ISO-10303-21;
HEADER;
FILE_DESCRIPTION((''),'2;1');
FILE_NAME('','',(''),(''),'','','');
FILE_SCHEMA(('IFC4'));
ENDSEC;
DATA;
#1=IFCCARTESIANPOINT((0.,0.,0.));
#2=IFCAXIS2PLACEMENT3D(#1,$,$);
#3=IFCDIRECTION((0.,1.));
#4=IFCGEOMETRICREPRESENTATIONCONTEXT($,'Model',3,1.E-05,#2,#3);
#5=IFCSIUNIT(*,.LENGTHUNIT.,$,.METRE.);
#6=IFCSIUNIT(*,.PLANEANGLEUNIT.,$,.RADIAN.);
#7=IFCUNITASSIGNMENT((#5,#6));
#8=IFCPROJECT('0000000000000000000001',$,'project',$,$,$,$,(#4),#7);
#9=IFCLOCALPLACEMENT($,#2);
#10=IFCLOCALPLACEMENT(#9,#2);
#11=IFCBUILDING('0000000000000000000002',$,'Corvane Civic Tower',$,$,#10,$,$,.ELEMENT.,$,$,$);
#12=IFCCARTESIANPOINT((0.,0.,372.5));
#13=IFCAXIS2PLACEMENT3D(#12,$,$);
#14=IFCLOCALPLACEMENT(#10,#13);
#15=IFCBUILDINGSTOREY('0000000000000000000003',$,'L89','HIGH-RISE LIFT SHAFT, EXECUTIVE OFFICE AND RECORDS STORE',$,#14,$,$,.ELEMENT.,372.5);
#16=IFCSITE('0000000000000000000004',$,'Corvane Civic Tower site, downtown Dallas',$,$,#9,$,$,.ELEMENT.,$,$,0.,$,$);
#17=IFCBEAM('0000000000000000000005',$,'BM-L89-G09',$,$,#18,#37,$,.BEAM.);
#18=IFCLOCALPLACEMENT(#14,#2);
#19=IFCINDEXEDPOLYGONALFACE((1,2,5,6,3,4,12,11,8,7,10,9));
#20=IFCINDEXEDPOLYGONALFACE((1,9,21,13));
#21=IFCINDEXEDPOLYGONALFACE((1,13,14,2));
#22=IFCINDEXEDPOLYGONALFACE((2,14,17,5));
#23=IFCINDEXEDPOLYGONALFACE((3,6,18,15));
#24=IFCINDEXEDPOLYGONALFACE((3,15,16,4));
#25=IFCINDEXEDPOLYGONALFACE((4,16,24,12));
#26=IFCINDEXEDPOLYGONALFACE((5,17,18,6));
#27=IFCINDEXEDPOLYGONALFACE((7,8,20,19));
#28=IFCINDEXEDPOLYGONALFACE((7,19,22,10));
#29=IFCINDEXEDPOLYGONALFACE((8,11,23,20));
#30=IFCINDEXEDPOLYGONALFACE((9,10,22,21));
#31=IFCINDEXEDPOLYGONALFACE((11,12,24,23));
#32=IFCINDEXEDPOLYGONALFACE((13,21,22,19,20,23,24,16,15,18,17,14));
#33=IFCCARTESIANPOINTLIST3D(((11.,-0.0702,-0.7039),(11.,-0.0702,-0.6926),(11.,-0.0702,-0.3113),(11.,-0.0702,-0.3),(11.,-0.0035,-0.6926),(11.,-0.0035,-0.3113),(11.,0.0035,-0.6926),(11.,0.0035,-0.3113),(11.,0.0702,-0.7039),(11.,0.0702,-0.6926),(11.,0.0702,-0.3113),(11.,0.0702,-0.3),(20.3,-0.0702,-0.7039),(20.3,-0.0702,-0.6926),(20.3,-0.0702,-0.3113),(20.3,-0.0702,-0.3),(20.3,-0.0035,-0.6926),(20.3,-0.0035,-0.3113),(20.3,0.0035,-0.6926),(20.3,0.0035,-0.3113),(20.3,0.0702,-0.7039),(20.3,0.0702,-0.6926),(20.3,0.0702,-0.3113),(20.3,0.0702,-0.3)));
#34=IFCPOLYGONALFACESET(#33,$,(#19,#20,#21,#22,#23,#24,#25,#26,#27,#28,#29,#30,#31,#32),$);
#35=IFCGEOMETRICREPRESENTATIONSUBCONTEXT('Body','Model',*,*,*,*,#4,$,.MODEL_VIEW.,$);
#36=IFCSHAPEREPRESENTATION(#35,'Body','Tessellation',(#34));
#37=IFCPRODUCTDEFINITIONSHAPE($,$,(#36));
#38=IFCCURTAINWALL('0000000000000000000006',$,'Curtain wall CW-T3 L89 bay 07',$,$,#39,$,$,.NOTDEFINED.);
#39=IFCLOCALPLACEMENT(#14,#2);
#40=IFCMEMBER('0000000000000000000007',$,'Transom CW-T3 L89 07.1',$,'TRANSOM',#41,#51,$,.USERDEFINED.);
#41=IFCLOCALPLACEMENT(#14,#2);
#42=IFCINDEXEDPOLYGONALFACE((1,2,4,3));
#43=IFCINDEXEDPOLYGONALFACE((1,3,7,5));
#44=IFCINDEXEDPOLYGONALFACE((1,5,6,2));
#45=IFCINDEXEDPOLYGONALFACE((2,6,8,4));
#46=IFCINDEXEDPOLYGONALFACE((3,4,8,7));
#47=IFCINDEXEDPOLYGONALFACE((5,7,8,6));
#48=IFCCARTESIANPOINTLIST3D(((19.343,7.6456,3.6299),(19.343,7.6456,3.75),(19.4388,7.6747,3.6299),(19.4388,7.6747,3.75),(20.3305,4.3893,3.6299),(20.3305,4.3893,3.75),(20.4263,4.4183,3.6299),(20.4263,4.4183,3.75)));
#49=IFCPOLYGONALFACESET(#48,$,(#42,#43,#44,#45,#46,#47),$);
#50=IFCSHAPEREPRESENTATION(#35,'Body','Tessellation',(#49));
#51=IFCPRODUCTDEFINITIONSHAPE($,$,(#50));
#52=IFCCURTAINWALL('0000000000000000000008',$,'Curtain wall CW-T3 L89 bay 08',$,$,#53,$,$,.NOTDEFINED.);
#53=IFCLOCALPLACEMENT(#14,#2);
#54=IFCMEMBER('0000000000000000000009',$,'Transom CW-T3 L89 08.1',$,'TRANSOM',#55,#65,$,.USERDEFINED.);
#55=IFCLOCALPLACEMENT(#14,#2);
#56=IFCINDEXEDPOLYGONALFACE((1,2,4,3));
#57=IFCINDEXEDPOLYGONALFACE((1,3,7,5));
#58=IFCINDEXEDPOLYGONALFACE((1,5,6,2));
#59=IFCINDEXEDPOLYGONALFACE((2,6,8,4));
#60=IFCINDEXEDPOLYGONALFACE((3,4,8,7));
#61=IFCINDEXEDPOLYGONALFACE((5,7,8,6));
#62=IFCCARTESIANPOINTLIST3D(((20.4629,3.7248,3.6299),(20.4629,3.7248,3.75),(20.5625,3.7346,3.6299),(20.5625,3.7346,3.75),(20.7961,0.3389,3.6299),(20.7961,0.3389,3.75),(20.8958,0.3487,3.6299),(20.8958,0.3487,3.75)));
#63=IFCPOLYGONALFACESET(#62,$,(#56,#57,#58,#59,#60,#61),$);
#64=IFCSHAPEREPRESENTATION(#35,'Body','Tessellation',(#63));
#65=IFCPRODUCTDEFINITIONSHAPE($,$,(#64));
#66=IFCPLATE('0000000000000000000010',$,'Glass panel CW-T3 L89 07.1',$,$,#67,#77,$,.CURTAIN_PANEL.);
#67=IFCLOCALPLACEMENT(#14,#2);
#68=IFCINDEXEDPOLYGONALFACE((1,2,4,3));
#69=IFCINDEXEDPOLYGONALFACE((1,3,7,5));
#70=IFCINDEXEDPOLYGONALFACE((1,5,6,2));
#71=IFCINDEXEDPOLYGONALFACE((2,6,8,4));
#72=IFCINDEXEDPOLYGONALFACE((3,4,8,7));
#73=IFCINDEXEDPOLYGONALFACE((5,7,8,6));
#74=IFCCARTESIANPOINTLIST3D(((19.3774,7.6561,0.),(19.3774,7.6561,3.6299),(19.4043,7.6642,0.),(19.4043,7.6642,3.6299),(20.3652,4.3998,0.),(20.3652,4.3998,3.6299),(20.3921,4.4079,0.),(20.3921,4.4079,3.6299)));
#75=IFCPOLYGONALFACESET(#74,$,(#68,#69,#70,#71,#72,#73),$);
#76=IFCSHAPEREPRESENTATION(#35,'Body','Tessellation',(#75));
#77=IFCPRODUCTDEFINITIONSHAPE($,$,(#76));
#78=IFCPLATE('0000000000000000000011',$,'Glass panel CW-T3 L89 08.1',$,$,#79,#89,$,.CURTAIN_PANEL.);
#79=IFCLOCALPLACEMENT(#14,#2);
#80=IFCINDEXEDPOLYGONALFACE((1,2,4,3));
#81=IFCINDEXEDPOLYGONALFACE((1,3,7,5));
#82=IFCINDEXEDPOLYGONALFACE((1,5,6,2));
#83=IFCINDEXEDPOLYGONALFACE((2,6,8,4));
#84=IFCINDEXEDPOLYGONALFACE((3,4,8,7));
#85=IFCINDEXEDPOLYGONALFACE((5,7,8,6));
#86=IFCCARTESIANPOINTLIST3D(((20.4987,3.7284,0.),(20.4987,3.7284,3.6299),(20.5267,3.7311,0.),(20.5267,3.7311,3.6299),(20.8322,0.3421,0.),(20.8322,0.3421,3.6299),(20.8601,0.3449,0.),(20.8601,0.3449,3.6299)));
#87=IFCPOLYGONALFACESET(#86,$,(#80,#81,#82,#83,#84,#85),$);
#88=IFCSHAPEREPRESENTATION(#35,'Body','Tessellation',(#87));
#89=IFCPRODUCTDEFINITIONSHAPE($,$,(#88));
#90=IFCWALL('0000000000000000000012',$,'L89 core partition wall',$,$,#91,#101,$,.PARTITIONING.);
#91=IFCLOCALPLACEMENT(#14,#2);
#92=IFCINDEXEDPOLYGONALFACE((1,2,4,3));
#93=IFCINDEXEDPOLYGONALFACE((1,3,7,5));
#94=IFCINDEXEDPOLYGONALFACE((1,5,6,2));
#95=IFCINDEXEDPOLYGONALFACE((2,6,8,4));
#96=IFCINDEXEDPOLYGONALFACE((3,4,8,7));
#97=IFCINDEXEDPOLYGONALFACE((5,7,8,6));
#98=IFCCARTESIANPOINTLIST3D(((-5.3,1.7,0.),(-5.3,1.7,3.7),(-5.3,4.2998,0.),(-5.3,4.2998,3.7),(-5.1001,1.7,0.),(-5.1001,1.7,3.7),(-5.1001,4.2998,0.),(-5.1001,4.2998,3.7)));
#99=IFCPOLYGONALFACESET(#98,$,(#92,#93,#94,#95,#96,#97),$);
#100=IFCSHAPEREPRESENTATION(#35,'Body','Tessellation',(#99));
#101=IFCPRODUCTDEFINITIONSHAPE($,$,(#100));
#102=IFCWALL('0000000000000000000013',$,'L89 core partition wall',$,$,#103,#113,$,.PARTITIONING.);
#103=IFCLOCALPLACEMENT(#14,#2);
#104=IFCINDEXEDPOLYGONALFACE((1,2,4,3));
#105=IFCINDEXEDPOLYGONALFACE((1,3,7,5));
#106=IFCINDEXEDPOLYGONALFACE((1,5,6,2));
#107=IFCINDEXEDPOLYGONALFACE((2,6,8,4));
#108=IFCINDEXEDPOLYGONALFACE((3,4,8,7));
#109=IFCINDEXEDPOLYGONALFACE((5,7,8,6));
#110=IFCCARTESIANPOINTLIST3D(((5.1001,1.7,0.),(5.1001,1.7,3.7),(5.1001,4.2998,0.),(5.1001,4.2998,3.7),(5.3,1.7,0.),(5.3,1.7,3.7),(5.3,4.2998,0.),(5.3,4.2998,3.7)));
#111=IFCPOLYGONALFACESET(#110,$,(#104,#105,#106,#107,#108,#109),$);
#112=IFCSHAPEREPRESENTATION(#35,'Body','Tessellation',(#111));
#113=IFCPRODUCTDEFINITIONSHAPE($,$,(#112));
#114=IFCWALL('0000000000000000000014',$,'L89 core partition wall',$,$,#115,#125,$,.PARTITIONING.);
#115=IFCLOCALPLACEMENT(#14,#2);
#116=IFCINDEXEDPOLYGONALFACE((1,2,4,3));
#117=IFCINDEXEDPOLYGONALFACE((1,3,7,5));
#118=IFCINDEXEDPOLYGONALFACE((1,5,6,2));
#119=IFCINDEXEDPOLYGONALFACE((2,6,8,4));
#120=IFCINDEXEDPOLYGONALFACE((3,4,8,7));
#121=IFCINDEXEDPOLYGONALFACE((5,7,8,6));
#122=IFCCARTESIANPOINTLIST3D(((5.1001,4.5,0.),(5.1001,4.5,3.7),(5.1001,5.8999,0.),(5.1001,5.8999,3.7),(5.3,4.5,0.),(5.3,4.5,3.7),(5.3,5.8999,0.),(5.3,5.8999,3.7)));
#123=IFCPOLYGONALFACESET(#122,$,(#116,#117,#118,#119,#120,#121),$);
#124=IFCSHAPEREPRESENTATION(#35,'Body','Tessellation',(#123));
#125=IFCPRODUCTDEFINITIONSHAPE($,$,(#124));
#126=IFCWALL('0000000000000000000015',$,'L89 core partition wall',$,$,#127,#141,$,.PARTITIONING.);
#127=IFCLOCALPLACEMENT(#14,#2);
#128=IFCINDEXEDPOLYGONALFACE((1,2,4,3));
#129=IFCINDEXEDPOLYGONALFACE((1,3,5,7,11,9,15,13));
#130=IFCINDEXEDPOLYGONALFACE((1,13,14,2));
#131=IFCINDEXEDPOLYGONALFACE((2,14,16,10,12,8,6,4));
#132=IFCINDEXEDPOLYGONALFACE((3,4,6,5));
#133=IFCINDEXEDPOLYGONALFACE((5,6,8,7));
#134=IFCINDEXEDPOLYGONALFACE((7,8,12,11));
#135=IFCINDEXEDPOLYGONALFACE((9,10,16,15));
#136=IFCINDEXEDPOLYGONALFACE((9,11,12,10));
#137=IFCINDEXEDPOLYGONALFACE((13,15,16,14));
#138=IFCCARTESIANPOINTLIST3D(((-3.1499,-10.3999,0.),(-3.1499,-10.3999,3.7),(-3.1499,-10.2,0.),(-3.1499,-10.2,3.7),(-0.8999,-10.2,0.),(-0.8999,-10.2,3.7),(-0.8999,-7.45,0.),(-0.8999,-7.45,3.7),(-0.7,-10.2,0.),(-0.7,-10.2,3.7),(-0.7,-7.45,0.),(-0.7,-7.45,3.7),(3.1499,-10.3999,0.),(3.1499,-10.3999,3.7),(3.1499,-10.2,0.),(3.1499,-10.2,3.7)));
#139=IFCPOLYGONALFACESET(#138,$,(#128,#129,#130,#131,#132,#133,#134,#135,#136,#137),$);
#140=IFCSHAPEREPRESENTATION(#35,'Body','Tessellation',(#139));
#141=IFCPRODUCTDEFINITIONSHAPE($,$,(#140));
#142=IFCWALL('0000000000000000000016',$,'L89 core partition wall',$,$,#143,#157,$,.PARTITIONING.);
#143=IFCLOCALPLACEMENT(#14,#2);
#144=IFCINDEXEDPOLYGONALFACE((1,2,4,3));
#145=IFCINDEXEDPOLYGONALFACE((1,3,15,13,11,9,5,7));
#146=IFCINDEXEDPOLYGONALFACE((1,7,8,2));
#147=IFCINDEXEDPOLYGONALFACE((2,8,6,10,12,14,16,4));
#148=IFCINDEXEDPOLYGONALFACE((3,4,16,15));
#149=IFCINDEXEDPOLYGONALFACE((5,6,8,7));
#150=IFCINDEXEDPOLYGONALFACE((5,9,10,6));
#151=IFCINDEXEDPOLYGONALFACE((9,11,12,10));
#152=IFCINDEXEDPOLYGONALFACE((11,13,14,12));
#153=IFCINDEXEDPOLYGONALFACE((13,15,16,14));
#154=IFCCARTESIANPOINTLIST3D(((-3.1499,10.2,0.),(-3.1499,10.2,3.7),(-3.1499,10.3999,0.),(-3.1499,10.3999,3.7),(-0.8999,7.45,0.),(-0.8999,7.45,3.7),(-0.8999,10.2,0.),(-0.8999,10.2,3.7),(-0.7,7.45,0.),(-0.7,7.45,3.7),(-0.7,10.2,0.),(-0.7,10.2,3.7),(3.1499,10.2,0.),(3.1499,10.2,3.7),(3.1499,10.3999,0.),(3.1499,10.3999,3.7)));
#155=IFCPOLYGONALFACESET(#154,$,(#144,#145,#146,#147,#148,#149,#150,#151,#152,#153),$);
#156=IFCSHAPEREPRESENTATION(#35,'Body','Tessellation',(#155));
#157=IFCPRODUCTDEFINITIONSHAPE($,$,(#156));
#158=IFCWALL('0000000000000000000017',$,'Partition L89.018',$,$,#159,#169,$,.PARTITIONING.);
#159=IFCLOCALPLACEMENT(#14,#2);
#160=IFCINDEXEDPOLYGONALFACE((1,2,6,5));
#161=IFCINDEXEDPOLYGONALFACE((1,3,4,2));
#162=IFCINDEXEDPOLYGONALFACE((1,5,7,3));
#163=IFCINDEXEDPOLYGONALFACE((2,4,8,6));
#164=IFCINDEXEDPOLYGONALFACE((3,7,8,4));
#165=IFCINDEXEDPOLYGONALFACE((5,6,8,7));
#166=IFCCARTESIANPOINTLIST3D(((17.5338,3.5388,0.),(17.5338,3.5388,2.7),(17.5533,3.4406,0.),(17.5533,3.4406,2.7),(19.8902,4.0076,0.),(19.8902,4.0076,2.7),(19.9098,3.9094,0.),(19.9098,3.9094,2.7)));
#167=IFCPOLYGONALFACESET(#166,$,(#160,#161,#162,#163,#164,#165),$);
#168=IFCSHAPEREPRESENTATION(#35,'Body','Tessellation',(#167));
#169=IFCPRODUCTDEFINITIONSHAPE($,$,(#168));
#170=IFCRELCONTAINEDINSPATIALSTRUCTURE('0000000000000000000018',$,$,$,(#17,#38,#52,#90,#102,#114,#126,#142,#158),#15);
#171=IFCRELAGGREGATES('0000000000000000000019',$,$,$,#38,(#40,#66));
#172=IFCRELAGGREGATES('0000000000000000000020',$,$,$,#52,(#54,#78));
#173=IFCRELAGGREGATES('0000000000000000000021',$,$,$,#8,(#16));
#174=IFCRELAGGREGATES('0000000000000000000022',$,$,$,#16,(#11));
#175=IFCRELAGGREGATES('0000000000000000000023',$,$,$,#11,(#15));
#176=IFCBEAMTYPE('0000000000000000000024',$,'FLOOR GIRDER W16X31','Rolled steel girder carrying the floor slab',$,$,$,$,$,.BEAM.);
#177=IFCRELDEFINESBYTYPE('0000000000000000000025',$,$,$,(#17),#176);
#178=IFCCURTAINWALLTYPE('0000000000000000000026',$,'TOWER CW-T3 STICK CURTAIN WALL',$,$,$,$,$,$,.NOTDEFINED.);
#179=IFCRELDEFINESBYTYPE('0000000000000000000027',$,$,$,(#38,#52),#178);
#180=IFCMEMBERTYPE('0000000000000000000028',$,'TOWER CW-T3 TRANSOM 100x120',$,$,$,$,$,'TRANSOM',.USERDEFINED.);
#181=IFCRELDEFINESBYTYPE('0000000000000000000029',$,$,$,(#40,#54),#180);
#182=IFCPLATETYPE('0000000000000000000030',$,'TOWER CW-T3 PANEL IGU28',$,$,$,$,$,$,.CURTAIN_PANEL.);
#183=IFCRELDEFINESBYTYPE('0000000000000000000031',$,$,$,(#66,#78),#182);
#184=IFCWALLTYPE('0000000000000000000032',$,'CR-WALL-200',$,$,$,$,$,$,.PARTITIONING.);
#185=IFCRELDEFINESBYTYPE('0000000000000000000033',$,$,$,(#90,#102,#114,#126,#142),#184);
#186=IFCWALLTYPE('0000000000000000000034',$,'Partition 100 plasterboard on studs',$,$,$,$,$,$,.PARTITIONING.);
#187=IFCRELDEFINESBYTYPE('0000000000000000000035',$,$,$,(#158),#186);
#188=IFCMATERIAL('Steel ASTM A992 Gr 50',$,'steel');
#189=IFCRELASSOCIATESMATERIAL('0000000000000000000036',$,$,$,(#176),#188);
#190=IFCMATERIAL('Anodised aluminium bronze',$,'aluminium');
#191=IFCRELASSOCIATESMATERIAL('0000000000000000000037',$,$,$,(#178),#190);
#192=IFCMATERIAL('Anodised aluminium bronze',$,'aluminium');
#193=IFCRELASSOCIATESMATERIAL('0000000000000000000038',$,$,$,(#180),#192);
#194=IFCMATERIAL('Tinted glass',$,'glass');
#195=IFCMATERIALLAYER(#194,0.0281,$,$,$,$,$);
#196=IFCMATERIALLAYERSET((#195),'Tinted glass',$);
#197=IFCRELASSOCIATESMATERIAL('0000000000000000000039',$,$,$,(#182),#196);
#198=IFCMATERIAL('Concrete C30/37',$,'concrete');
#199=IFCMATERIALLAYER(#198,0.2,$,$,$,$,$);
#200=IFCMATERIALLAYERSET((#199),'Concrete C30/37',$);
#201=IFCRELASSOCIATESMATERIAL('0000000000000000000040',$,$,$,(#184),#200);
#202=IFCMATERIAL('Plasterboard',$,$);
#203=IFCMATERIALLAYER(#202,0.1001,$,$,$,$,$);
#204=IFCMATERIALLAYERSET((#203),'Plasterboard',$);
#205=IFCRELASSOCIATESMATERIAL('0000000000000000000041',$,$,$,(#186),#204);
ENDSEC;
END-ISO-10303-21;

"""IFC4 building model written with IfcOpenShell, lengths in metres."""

from ifc_helpers import new_model, si_unit, direction, frame, frame_2d, origin, origin_2d, place, context, subcontext, project, spatial, polyline, rectangle, i_section, outline, extrude, material, layer, layer_set, material_profile, profile_set, type_object, element, aggregate, save


model = new_model("IFC4")

# Units and contexts
model_context = context("Model", 3, precision=1e-05, world=origin(), true_north=direction((0.0, 1.0)))
body_context = subcontext(model_context, "Body", "Model", "MODEL_VIEW")
ifc_project = project(units=[si_unit("LENGTHUNIT", "METRE"), si_unit("PLANEANGLEUNIT", "RADIAN")], contexts=[model_context])

# Site, building, storey
site_placement = place(None, origin())
site = spatial("IfcSite", under=ifc_project, at=site_placement, Name="Corvane Civic Tower site, downtown Dallas", CompositionType="ELEMENT", RefElevation=0.0)
building_placement = place(site_placement, origin())
building = spatial("IfcBuilding", under=site, at=building_placement, Name="Corvane Civic Tower", CompositionType="ELEMENT")
storey_placement = place(building_placement, frame((0.0, 0.0, 372.5)))
storey = spatial("IfcBuildingStorey", under=building, at=storey_placement, Name="L89", Description="HIGH-RISE LIFT SHAFT, EXECUTIVE OFFICE AND RECORDS STORE", CompositionType="ELEMENT", Elevation=372.5)

# Beam
ifc_material_1 = material(Name="Steel ASTM A992 Gr 50", Category="steel")
ifc_material_profile_1 = material_profile(ifc_material_1, i_section(OverallWidth=0.1404, OverallDepth=0.4038, WebThickness=0.0071, FlangeThickness=0.0112, at=origin_2d()), Name="W16X31")
ifc_profile_set_1 = profile_set([ifc_material_profile_1], Name="Steel ASTM A992 Gr 50")
beam_type_1 = type_object("IfcBeamType", Name="FLOOR GIRDER W16X31", Description="Rolled steel girder carrying the floor slab", PredefinedType="BEAM", material=ifc_profile_set_1)
beam_1_placement = place(storey_placement, frame((11.0, 0.0, -0.502), z_axis=(1.0, 0.0, 0.0), x_axis=(0.0, 1.0, 0.0)))
element("IfcBeam", 1, at=beam_1_placement, inside=storey, type_object=beam_type_1, Name="BM-L89-G09", PredefinedType="BEAM", context=body_context, shape_type="SweptSolid", body=[
    extrude(i_section(OverallWidth=0.1404, OverallDepth=0.4038, WebThickness=0.0071, FlangeThickness=0.0112, at=origin_2d()), origin(), (0.0, 0.0, 1.0), 9.3),
])

# Curtain walls, members
ifc_material_2 = material(Name="Anodised aluminium bronze", Category="aluminium")
curtain_wall_type = type_object("IfcCurtainWallType", Name="TOWER CW-T3 STICK CURTAIN WALL", PredefinedType="NOTDEFINED", material=ifc_material_2)
curtain_wall_1_placement = place(storey_placement, origin())
curtain_wall_1 = element("IfcCurtainWall", 2, at=curtain_wall_1_placement, inside=storey, type_object=curtain_wall_type, Name="Curtain wall CW-T3 L89 bay 07", PredefinedType="NOTDEFINED")
ifc_material_3 = material(Name="Anodised aluminium bronze", Category="aluminium")
ifc_material_profile_2 = material_profile(ifc_material_3, rectangle(XDim=0.1001, YDim=0.1201, at=origin_2d()), Name="TOWER CW-T3 TRANSOM 100x120")
ifc_profile_set_2 = profile_set([ifc_material_profile_2], Name="Anodised aluminium bronze")
member_type = type_object("IfcMemberType", Name="TOWER CW-T3 TRANSOM 100x120", ElementType="TRANSOM", PredefinedType="USERDEFINED", material=ifc_profile_set_2)
member_1_placement = place(storey_placement, frame((19.3909, 7.6602, 3.6899), z_axis=(0.290216, -0.956961, 0.0), x_axis=(0.956961, 0.290216, 0.0)))
member_1 = element("IfcMember", 3, at=member_1_placement, type_object=member_type, Name="Transom CW-T3 L89 07.1", ObjectType="TRANSOM", PredefinedType="USERDEFINED", context=body_context, shape_type="SweptSolid", body=[
    extrude(rectangle(XDim=0.1001, YDim=0.1201, at=origin_2d()), origin(), (0.0, 0.0, 1.0), 3.4028),
])
curtain_wall_2_placement = place(storey_placement, origin())
curtain_wall_2 = element("IfcCurtainWall", 4, at=curtain_wall_2_placement, inside=storey, type_object=curtain_wall_type, Name="Curtain wall CW-T3 L89 bay 08", PredefinedType="NOTDEFINED")
member_2_placement = place(storey_placement, frame((20.5127, 3.7297, 3.6899), z_axis=(0.097948, -0.995192, 0.0), x_axis=(0.995192, 0.097948, 0.0)))
member_2 = element("IfcMember", 5, at=member_2_placement, type_object=member_type, Name="Transom CW-T3 L89 08.1", ObjectType="TRANSOM", PredefinedType="USERDEFINED", context=body_context, shape_type="SweptSolid", body=[
    extrude(rectangle(XDim=0.1001, YDim=0.1201, at=origin_2d()), origin(), (0.0, 0.0, 1.0), 3.4023),
])

# Plates
ifc_material_4 = material(Name="Tinted glass", Category="glass")
ifc_layer_1 = layer(ifc_material_4, 0.0281)
ifc_layer_set_1 = layer_set([ifc_layer_1], Name="Tinted glass")
plate_type = type_object("IfcPlateType", Name="TOWER CW-T3 PANEL IGU28", PredefinedType="CURTAIN_PANEL", material=ifc_layer_set_1)
plate_1_placement = place(storey_placement, frame((19.8848, 6.032, 0.0), z_axis=(0.0, 0.0, 1.0), x_axis=(0.29029, -0.956939, 0.0)))
plate_1 = element("IfcPlate", 6, at=plate_1_placement, type_object=plate_type, Name="Glass panel CW-T3 L89 07.1", PredefinedType="CURTAIN_PANEL", context=body_context, shape_type="SweptSolid", body=[
    extrude(rectangle(XDim=3.4028, YDim=0.0281, at=origin_2d()), origin(), (0.0, 0.0, 1.0), 3.6299),
])
aggregate(curtain_wall_1, [member_1, plate_1])
plate_2_placement = place(storey_placement, frame((20.6794, 2.0366, 0.0), z_axis=(0.0, 0.0, 1.0), x_axis=(0.097998, -0.995187, 0.0)))
plate_2 = element("IfcPlate", 7, at=plate_2_placement, type_object=plate_type, Name="Glass panel CW-T3 L89 08.1", PredefinedType="CURTAIN_PANEL", context=body_context, shape_type="SweptSolid", body=[
    extrude(rectangle(XDim=3.4026, YDim=0.0281, at=origin_2d()), origin(), (0.0, 0.0, 1.0), 3.6299),
])
aggregate(curtain_wall_2, [member_2, plate_2])

# Walls
ifc_material_5 = material(Name="Concrete C30/37", Category="concrete")
ifc_layer_2 = layer(ifc_material_5, 0.2)
ifc_layer_set_2 = layer_set([ifc_layer_2], Name="Concrete C30/37")
wall_type_1 = type_object("IfcWallType", Name="CR-WALL-200", PredefinedType="PARTITIONING", material=ifc_layer_set_2)
wall_1_placement = place(storey_placement, origin())
element("IfcWall", 8, at=wall_1_placement, inside=storey, type_object=wall_type_1, Name="L89 core partition wall", PredefinedType="PARTITIONING", context=body_context, shape_type="SweptSolid", body=[
    extrude(outline(polyline([(-5.1001, 1.7), (-5.3, 1.7), (-5.3, 4.2998), (-5.1001, 4.2998), (-5.1001, 1.7)])), origin(), (0.0, 0.0, 1.0), 3.7),
])
wall_2_placement = place(storey_placement, origin())
element("IfcWall", 9, at=wall_2_placement, inside=storey, type_object=wall_type_1, Name="L89 core partition wall", PredefinedType="PARTITIONING", context=body_context, shape_type="SweptSolid", body=[
    extrude(outline(polyline([(5.3, 1.7), (5.1001, 1.7), (5.1001, 4.2998), (5.3, 4.2998), (5.3, 1.7)])), origin(), (0.0, 0.0, 1.0), 3.7),
])
wall_3_placement = place(storey_placement, origin())
element("IfcWall", 10, at=wall_3_placement, inside=storey, type_object=wall_type_1, Name="L89 core partition wall", PredefinedType="PARTITIONING", context=body_context, shape_type="SweptSolid", body=[
    extrude(outline(polyline([(5.3, 4.5), (5.1001, 4.5), (5.1001, 5.8999), (5.3, 5.8999), (5.3, 4.5)])), origin(), (0.0, 0.0, 1.0), 3.7),
])
wall_4_placement = place(storey_placement, origin())
element("IfcWall", 11, at=wall_4_placement, inside=storey, type_object=wall_type_1, Name="L89 core partition wall", PredefinedType="PARTITIONING", context=body_context, shape_type="SweptSolid", body=[
    extrude(outline(polyline([(-0.7, -7.45), (-0.7, -10.2), (3.1499, -10.2), (3.1499, -10.3999), (-3.1499, -10.3999), (-3.1499, -10.2), (-0.8999, -10.2), (-0.8999, -7.45), (-0.7, -7.45)])), origin(), (0.0, 0.0, 1.0), 3.7),
])
wall_5_placement = place(storey_placement, origin())
element("IfcWall", 12, at=wall_5_placement, inside=storey, type_object=wall_type_1, Name="L89 core partition wall", PredefinedType="PARTITIONING", context=body_context, shape_type="SweptSolid", body=[
    extrude(outline(polyline([(-0.7, 7.45), (-0.8999, 7.45), (-0.8999, 10.2), (-3.1499, 10.2), (-3.1499, 10.3999), (3.1499, 10.3999), (3.1499, 10.2), (-0.7, 10.2), (-0.7, 7.45)])), origin(), (0.0, 0.0, 1.0), 3.7),
])
ifc_material_6 = material(Name="Plasterboard")
ifc_layer_3 = layer(ifc_material_6, 0.1001)
ifc_layer_set_3 = layer_set([ifc_layer_3], Name="Plasterboard")
wall_type_2 = type_object("IfcWallType", Name="Partition 100 plasterboard on studs", PredefinedType="PARTITIONING", material=ifc_layer_set_3)
wall_6_placement = place(storey_placement, frame((17.5437, 3.4897, 0.0), z_axis=(0.0, 0.0, 1.0), x_axis=(0.980783, 0.1951, 0.0)))
element("IfcWall", 13, at=wall_6_placement, inside=storey, type_object=wall_type_2, Name="Partition L89.018", PredefinedType="PARTITIONING", context=body_context, shape_type="SweptSolid", body=[
    extrude(rectangle(XDim=2.4026, YDim=0.1001, at=frame_2d((1.2012, 0.0))), origin(), (0.0, 0.0, 1.0), 2.7),
])

save(model, "model.ifc")
